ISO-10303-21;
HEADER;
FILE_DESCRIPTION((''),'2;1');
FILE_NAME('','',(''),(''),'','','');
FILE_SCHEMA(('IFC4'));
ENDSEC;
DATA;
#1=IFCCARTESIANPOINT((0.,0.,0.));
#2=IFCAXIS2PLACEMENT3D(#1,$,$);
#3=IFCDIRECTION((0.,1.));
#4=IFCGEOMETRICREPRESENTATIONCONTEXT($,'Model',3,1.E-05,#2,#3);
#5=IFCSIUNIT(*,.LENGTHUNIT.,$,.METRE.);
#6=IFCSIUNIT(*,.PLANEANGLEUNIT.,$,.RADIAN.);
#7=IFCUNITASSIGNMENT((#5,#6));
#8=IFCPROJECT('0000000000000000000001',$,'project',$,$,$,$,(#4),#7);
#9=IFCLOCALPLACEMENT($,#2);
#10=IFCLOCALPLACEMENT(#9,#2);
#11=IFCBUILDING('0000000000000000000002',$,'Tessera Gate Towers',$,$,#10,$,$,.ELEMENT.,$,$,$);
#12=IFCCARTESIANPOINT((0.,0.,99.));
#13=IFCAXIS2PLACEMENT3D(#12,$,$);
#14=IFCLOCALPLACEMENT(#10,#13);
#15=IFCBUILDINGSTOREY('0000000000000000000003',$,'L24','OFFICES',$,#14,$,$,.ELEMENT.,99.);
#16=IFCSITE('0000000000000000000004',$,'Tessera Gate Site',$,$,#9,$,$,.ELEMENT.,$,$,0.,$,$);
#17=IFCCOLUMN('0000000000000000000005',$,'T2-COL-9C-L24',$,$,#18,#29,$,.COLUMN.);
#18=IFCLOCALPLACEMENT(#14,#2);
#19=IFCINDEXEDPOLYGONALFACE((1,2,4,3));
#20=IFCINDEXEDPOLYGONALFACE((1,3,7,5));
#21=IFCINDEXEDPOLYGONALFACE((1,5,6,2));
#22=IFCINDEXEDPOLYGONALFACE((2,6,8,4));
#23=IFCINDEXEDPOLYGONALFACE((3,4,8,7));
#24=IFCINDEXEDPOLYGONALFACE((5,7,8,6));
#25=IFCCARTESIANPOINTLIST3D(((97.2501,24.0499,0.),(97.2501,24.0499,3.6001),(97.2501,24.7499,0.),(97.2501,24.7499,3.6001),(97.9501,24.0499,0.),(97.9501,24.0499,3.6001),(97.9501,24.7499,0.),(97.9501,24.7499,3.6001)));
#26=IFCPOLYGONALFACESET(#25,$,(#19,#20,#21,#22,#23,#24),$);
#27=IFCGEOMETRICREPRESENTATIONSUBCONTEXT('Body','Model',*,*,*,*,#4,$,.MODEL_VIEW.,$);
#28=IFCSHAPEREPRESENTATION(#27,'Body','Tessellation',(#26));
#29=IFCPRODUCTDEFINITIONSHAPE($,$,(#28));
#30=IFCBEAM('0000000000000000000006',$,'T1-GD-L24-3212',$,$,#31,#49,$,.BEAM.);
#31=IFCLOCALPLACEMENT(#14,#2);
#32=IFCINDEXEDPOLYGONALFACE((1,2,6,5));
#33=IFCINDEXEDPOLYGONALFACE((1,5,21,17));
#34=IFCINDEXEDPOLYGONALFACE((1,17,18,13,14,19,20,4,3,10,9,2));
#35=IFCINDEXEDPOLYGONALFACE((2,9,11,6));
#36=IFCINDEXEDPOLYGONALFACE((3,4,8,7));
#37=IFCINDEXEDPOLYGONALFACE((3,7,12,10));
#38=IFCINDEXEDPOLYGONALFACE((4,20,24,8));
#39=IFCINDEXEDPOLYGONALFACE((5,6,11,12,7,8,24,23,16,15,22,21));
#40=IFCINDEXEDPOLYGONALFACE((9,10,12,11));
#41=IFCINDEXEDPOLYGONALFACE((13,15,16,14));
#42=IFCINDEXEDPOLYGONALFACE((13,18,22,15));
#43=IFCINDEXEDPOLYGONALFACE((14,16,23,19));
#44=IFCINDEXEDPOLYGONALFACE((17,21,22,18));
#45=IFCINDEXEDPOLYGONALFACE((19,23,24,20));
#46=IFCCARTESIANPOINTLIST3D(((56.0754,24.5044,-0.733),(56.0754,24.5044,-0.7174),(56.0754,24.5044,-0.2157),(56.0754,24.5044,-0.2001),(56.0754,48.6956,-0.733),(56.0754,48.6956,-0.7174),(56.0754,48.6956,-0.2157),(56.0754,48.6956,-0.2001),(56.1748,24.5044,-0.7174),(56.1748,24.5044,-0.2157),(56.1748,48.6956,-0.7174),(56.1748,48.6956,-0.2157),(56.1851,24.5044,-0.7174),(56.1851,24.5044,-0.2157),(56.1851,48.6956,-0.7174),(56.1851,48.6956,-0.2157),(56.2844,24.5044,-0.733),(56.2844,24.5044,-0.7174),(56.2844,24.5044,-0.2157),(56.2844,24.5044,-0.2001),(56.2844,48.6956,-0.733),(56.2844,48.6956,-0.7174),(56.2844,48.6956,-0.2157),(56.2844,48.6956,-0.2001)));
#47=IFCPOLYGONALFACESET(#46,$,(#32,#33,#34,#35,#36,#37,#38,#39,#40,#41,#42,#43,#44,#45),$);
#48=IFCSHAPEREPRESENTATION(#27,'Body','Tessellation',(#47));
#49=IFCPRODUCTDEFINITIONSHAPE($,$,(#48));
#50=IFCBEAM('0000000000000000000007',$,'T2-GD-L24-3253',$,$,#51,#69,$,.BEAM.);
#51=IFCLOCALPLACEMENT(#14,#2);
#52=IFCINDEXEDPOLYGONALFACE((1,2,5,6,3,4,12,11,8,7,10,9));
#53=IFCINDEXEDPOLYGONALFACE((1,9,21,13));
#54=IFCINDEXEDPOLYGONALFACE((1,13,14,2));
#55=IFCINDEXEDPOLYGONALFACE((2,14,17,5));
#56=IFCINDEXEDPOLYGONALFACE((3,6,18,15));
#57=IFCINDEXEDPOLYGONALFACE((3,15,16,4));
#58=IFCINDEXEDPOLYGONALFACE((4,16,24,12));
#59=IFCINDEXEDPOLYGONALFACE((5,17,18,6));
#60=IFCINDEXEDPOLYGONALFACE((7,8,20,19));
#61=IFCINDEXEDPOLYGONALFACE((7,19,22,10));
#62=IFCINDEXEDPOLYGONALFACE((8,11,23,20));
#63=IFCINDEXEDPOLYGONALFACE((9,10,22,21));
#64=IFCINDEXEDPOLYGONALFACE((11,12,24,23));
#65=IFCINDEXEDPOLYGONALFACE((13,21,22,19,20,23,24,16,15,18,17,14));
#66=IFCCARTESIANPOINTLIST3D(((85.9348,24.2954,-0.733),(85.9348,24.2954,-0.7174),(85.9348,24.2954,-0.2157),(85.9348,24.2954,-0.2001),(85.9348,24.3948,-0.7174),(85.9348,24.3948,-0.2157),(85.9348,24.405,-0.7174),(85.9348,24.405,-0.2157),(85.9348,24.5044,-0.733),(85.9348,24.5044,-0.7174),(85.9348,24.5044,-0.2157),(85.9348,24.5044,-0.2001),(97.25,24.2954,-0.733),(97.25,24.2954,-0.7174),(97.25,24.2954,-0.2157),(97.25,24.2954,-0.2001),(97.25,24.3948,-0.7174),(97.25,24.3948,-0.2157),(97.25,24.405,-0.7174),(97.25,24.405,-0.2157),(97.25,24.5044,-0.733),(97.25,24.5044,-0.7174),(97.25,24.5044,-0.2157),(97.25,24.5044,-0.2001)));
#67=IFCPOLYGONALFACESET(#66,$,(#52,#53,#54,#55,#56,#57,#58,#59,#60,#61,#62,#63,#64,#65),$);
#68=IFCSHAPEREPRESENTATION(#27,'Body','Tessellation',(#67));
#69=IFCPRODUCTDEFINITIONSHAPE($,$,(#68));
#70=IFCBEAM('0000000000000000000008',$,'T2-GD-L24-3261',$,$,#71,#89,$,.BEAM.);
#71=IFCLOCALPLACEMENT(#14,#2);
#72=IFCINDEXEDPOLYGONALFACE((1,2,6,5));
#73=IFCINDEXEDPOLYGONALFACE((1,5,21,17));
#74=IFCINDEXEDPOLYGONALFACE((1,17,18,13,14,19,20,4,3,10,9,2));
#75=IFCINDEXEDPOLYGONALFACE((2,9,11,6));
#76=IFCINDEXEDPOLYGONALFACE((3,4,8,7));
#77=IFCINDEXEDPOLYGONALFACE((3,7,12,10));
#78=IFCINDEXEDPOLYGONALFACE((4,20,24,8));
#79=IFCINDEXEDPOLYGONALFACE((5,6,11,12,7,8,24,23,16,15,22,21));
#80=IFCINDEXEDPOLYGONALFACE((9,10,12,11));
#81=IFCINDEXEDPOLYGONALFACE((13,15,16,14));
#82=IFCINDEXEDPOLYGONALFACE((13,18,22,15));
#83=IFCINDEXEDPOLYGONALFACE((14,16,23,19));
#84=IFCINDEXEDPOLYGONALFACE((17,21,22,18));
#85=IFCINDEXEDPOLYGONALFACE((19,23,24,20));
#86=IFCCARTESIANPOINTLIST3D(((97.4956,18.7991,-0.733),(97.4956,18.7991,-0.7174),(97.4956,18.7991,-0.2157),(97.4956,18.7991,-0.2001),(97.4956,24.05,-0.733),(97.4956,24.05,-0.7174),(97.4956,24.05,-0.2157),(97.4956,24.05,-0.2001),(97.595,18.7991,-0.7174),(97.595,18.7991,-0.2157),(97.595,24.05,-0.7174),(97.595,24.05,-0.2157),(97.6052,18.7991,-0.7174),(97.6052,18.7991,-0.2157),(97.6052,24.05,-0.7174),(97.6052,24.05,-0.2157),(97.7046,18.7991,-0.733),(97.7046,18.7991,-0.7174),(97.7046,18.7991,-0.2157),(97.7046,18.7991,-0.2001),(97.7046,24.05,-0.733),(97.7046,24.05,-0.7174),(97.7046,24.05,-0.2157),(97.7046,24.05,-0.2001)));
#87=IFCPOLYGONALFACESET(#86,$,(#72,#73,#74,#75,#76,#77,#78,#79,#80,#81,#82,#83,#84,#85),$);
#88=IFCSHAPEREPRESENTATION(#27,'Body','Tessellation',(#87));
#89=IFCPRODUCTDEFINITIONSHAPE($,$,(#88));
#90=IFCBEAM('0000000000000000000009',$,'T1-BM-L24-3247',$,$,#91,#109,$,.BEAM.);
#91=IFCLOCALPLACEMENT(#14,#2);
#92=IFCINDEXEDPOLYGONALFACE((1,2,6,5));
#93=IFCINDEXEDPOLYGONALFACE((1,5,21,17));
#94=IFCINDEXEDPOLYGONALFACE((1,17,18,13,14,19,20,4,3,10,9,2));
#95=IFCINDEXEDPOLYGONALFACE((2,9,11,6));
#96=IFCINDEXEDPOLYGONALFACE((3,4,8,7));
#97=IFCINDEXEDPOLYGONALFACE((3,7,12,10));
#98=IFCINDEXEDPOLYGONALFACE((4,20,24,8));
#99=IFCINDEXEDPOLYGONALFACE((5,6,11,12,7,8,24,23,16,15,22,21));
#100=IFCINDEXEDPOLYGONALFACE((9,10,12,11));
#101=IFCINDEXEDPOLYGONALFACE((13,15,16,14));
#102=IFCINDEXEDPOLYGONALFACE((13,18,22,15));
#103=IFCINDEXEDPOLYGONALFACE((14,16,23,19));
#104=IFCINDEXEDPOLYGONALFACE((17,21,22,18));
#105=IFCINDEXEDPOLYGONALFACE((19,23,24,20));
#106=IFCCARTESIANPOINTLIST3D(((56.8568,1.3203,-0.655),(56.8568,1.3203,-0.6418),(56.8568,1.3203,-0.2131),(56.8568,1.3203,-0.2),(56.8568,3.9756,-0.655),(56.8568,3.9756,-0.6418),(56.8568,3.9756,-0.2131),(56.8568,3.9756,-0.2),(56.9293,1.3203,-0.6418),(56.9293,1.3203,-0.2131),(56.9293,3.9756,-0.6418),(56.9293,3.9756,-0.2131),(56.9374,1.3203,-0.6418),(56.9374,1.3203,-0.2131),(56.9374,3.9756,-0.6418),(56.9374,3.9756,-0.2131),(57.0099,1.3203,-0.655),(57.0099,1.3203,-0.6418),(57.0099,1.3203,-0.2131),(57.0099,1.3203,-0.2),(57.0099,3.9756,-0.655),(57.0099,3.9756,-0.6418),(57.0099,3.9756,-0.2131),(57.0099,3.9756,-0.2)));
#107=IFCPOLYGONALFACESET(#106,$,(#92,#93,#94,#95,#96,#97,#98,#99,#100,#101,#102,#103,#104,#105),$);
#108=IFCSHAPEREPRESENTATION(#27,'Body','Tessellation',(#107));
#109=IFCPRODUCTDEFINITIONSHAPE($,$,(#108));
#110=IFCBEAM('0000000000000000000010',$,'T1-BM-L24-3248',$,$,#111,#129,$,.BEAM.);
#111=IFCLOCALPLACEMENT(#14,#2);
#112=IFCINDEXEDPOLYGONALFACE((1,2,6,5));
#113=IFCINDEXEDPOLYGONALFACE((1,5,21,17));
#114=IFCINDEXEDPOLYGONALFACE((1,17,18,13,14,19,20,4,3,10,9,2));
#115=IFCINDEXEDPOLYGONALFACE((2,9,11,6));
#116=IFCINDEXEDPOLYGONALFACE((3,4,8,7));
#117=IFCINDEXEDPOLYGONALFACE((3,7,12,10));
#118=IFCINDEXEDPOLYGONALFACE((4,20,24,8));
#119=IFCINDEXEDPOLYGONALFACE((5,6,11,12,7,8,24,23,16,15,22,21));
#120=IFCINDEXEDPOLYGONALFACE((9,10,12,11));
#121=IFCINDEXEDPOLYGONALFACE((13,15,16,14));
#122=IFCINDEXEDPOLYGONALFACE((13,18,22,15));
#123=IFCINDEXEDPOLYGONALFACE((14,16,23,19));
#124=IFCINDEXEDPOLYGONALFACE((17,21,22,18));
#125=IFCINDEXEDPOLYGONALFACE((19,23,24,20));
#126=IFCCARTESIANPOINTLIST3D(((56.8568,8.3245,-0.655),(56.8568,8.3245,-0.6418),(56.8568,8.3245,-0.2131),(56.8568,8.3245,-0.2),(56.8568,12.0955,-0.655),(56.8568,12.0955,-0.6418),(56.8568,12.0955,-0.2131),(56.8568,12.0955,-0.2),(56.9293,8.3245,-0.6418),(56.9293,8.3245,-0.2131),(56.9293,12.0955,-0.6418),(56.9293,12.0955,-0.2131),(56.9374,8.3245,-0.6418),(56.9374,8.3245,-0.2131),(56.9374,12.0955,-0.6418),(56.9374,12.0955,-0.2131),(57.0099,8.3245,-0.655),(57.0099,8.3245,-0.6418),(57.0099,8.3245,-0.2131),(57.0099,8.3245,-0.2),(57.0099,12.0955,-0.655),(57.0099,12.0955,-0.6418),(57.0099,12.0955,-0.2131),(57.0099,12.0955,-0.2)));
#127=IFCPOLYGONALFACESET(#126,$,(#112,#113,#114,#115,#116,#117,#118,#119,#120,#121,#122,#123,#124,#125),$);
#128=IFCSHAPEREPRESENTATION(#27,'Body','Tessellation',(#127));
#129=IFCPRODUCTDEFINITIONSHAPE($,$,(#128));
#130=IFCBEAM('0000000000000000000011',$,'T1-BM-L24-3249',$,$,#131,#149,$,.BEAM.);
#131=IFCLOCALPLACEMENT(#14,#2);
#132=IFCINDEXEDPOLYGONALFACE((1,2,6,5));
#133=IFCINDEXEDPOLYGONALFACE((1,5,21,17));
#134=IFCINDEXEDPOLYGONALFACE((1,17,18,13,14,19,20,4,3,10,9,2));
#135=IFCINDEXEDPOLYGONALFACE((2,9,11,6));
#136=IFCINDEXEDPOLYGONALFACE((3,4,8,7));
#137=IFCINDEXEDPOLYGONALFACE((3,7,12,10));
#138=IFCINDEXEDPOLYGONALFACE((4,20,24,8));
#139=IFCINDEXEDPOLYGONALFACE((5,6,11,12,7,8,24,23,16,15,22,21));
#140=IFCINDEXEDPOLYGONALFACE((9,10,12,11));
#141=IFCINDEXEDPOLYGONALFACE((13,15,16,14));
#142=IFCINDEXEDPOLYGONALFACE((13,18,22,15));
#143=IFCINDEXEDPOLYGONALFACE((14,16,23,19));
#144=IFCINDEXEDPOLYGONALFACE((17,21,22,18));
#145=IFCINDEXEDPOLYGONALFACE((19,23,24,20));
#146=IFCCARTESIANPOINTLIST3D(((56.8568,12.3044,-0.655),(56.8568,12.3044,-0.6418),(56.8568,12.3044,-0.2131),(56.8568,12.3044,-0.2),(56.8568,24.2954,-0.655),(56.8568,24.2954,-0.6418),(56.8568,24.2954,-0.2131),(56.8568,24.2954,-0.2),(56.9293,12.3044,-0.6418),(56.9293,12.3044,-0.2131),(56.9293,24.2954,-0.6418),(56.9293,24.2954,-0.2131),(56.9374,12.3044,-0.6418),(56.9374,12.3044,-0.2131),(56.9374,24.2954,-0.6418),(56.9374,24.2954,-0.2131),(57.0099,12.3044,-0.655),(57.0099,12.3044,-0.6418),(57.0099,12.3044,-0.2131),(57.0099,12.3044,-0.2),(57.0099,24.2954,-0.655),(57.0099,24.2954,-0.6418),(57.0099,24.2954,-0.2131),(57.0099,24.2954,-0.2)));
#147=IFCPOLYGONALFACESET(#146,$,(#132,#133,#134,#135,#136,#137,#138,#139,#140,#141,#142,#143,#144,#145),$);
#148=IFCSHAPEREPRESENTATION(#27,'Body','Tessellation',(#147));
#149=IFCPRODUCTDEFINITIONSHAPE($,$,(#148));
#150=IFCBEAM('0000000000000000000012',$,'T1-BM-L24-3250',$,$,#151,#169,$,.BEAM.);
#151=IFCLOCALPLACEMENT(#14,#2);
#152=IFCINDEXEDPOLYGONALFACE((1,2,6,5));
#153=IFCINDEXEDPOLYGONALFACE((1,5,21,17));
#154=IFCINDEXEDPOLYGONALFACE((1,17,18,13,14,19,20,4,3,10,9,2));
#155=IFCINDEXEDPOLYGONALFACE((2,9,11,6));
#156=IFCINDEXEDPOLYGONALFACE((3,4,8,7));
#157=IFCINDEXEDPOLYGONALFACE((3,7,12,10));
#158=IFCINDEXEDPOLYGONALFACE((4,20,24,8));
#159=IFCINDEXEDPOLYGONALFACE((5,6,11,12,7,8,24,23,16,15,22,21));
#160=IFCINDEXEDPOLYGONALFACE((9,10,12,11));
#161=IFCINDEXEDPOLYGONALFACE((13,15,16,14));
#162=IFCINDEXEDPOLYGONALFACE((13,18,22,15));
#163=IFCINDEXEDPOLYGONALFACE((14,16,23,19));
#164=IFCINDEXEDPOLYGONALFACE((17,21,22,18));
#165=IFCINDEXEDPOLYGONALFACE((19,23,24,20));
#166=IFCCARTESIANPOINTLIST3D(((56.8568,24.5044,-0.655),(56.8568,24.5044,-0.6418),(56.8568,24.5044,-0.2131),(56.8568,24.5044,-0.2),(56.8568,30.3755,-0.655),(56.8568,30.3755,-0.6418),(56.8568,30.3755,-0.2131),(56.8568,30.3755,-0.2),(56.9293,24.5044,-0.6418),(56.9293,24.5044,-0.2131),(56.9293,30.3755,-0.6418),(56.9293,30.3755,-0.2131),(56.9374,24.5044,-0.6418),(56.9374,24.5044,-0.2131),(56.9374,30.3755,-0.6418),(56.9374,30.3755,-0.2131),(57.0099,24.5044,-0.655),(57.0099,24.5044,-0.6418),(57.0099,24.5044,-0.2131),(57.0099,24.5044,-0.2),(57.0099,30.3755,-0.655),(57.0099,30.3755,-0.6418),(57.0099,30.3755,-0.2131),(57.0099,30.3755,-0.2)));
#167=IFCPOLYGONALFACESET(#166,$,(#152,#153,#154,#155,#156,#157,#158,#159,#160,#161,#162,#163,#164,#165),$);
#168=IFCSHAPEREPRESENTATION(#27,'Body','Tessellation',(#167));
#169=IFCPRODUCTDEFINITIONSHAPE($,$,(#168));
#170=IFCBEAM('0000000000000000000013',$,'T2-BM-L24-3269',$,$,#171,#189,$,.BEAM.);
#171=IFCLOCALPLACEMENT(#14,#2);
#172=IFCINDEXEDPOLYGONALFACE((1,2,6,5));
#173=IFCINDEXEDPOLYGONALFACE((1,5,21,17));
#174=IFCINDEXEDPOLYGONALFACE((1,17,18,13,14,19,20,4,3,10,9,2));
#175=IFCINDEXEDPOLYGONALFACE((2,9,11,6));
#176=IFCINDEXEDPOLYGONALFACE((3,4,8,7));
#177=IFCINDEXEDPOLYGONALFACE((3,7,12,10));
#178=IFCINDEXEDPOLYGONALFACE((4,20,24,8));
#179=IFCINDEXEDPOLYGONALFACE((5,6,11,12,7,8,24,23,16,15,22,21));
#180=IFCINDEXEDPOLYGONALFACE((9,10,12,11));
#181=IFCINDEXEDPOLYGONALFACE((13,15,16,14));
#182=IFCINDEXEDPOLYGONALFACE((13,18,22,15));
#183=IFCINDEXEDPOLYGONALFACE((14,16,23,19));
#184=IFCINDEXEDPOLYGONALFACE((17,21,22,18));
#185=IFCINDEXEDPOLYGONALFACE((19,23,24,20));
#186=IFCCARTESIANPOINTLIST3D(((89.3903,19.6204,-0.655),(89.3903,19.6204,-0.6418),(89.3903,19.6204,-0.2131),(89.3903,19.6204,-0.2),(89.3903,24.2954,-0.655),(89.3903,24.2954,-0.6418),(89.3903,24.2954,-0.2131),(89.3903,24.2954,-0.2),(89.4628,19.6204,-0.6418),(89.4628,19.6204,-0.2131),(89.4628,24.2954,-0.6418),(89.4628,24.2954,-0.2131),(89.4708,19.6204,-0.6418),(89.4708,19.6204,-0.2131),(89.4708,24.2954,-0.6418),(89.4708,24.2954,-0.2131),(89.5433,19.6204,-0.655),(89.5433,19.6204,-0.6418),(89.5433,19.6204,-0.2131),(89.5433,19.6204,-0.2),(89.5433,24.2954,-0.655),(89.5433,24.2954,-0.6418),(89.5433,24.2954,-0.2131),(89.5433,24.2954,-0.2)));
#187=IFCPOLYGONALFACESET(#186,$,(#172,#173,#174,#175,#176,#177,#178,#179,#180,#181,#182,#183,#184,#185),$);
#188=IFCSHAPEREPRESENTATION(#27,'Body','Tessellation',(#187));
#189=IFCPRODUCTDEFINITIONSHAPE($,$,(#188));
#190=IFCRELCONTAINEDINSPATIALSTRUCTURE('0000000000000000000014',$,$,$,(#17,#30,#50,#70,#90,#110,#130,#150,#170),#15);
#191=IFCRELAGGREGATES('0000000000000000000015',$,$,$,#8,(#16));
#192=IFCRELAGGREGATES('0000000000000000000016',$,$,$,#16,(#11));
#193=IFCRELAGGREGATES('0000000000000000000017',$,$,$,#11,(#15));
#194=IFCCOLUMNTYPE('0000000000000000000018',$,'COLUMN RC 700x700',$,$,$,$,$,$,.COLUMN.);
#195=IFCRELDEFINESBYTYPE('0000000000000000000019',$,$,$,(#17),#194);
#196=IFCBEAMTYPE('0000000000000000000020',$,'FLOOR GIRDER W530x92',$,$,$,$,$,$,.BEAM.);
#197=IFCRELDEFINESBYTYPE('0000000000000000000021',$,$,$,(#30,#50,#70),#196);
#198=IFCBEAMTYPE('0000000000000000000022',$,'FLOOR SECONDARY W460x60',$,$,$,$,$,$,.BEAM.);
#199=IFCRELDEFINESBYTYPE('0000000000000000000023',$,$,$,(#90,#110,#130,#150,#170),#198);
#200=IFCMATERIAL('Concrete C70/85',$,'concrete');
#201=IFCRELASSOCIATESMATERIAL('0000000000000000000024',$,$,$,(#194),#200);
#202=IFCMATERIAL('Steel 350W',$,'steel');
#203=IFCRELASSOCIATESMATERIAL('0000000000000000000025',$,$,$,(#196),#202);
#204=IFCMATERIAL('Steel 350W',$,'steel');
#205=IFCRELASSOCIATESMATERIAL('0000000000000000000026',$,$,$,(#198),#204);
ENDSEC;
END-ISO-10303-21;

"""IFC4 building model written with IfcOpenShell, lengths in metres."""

from ifc_helpers import new_model, si_unit, direction, frame, origin, origin_2d, place, context, subcontext, project, spatial, rectangle, i_section, extrude, material, material_profile, profile_set, type_object, element, save


model = new_model("IFC4")

# Units and contexts
model_context = context("Model", 3, precision=1e-05, world=origin(), true_north=direction((0.0, 1.0)))
body_context = subcontext(model_context, "Body", "Model", "MODEL_VIEW")
ifc_project = project(units=[si_unit("LENGTHUNIT", "METRE"), si_unit("PLANEANGLEUNIT", "RADIAN")], contexts=[model_context])

# Site, building, storey
site_placement = place(None, origin())
site = spatial("IfcSite", under=ifc_project, at=site_placement, Name="Tessera Gate Site", CompositionType="ELEMENT", RefElevation=0.0)
building_placement = place(site_placement, origin())
building = spatial("IfcBuilding", under=site, at=building_placement, Name="Tessera Gate Towers", CompositionType="ELEMENT")
storey_placement = place(building_placement, frame((0.0, 0.0, 99.0)))
storey = spatial("IfcBuildingStorey", under=building, at=storey_placement, Name="L24", Description="OFFICES", CompositionType="ELEMENT", Elevation=99.0)

# Column
ifc_material_1 = material(Name="Concrete C70/85", Category="concrete")
ifc_material_profile_1 = material_profile(ifc_material_1, rectangle(XDim=0.7, YDim=0.7, at=origin_2d()), Name="RC 700x700")
ifc_profile_set_1 = profile_set([ifc_material_profile_1], Name="Concrete C70/85")
column_type = type_object("IfcColumnType", Name="COLUMN RC 700x700", PredefinedType="COLUMN", material=ifc_profile_set_1)
column_placement = place(storey_placement, frame((97.6001, 24.3999, 0.0), z_axis=(0.0, 0.0, 1.0), x_axis=(1.0, 0.0, 0.0)))
element("IfcColumn", 1, at=column_placement, inside=storey, type_object=column_type, Name="T2-COL-9C-L24", PredefinedType="COLUMN", context=body_context, shape_type="SweptSolid", body=[
    extrude(rectangle(XDim=0.7, YDim=0.7, at=origin_2d()), origin(), (0.0, 0.0, 1.0), 3.6001),
])

# Beams
ifc_material_2 = material(Name="Steel 350W", Category="steel")
ifc_material_profile_2 = material_profile(ifc_material_2, i_section(OverallWidth=0.209, OverallDepth=0.533, WebThickness=0.0103, FlangeThickness=0.0156, at=origin_2d()), Name="W530x92")
ifc_profile_set_2 = profile_set([ifc_material_profile_2], Name="Steel 350W")
beam_type_1 = type_object("IfcBeamType", Name="FLOOR GIRDER W530x92", PredefinedType="BEAM", material=ifc_profile_set_2)
beam_1_placement = place(storey_placement, frame((56.1799, 24.5044, -0.4666), z_axis=(0.0, 1.0, 0.0), x_axis=(-1.0, 0.0, 0.0)))
element("IfcBeam", 2, at=beam_1_placement, inside=storey, type_object=beam_type_1, Name="T1-GD-L24-3212", PredefinedType="BEAM", context=body_context, shape_type="SweptSolid", body=[
    extrude(i_section(OverallWidth=0.209, OverallDepth=0.533, WebThickness=0.0103, FlangeThickness=0.0156, at=origin_2d()), origin(), (0.0, 0.0, 1.0), 24.1912),
])
beam_2_placement = place(storey_placement, frame((85.9348, 24.3999, -0.4666), z_axis=(1.0, 0.0, 0.0), x_axis=(0.0, 1.0, 0.0)))
element("IfcBeam", 3, at=beam_2_placement, inside=storey, type_object=beam_type_1, Name="T2-GD-L24-3253", PredefinedType="BEAM", context=body_context, shape_type="SweptSolid", body=[
    extrude(i_section(OverallWidth=0.209, OverallDepth=0.533, WebThickness=0.0103, FlangeThickness=0.0156, at=origin_2d()), origin(), (0.0, 0.0, 1.0), 11.3152),
])
beam_3_placement = place(storey_placement, frame((97.6001, 18.7991, -0.4666), z_axis=(0.0, 1.0, 0.0), x_axis=(-1.0, 0.0, 0.0)))
element("IfcBeam", 4, at=beam_3_placement, inside=storey, type_object=beam_type_1, Name="T2-GD-L24-3261", PredefinedType="BEAM", context=body_context, shape_type="SweptSolid", body=[
    extrude(i_section(OverallWidth=0.209, OverallDepth=0.533, WebThickness=0.0103, FlangeThickness=0.0156, at=origin_2d()), origin(), (0.0, 0.0, 1.0), 5.251),
])
ifc_material_3 = material(Name="Steel 350W", Category="steel")
ifc_material_profile_3 = material_profile(ifc_material_3, i_section(OverallWidth=0.1531, OverallDepth=0.4551, WebThickness=0.0081, FlangeThickness=0.0132, at=origin_2d()), Name="W460x60")
ifc_profile_set_3 = profile_set([ifc_material_profile_3], Name="Steel 350W")
beam_type_2 = type_object("IfcBeamType", Name="FLOOR SECONDARY W460x60", PredefinedType="BEAM", material=ifc_profile_set_3)
beam_4_placement = place(storey_placement, frame((56.9333, 1.3203, -0.4275), z_axis=(0.0, 1.0, 0.0), x_axis=(-1.0, 0.0, 0.0)))
element("IfcBeam", 5, at=beam_4_placement, inside=storey, type_object=beam_type_2, Name="T1-BM-L24-3247", PredefinedType="BEAM", context=body_context, shape_type="SweptSolid", body=[
    extrude(i_section(OverallWidth=0.1531, OverallDepth=0.4551, WebThickness=0.0081, FlangeThickness=0.0132, at=origin_2d()), origin(), (0.0, 0.0, 1.0), 2.6553),
])
beam_5_placement = place(storey_placement, frame((56.9333, 8.3245, -0.4275), z_axis=(0.0, 1.0, 0.0), x_axis=(-1.0, 0.0, 0.0)))
element("IfcBeam", 6, at=beam_5_placement, inside=storey, type_object=beam_type_2, Name="T1-BM-L24-3248", PredefinedType="BEAM", context=body_context, shape_type="SweptSolid", body=[
    extrude(i_section(OverallWidth=0.1531, OverallDepth=0.4551, WebThickness=0.0081, FlangeThickness=0.0132, at=origin_2d()), origin(), (0.0, 0.0, 1.0), 3.771),
])
beam_6_placement = place(storey_placement, frame((56.9333, 12.3044, -0.4275), z_axis=(0.0, 1.0, 0.0), x_axis=(-1.0, 0.0, 0.0)))
element("IfcBeam", 7, at=beam_6_placement, inside=storey, type_object=beam_type_2, Name="T1-BM-L24-3249", PredefinedType="BEAM", context=body_context, shape_type="SweptSolid", body=[
    extrude(i_section(OverallWidth=0.1531, OverallDepth=0.4551, WebThickness=0.0081, FlangeThickness=0.0132, at=origin_2d()), origin(), (0.0, 0.0, 1.0), 11.991),
])
beam_7_placement = place(storey_placement, frame((56.9333, 24.5044, -0.4275), z_axis=(0.0, 1.0, 0.0), x_axis=(-1.0, 0.0, 0.0)))
element("IfcBeam", 8, at=beam_7_placement, inside=storey, type_object=beam_type_2, Name="T1-BM-L24-3250", PredefinedType="BEAM", context=body_context, shape_type="SweptSolid", body=[
    extrude(i_section(OverallWidth=0.1531, OverallDepth=0.4551, WebThickness=0.0081, FlangeThickness=0.0132, at=origin_2d()), origin(), (0.0, 0.0, 1.0), 5.8711),
])
beam_8_placement = place(storey_placement, frame((89.4668, 19.6204, -0.4275), z_axis=(0.0, 1.0, 0.0), x_axis=(-1.0, 0.0, 0.0)))
element("IfcBeam", 9, at=beam_8_placement, inside=storey, type_object=beam_type_2, Name="T2-BM-L24-3269", PredefinedType="BEAM", context=body_context, shape_type="SweptSolid", body=[
    extrude(i_section(OverallWidth=0.1531, OverallDepth=0.4551, WebThickness=0.0081, FlangeThickness=0.0132, at=origin_2d()), origin(), (0.0, 0.0, 1.0), 4.675),
])

save(model, "model.ifc")
